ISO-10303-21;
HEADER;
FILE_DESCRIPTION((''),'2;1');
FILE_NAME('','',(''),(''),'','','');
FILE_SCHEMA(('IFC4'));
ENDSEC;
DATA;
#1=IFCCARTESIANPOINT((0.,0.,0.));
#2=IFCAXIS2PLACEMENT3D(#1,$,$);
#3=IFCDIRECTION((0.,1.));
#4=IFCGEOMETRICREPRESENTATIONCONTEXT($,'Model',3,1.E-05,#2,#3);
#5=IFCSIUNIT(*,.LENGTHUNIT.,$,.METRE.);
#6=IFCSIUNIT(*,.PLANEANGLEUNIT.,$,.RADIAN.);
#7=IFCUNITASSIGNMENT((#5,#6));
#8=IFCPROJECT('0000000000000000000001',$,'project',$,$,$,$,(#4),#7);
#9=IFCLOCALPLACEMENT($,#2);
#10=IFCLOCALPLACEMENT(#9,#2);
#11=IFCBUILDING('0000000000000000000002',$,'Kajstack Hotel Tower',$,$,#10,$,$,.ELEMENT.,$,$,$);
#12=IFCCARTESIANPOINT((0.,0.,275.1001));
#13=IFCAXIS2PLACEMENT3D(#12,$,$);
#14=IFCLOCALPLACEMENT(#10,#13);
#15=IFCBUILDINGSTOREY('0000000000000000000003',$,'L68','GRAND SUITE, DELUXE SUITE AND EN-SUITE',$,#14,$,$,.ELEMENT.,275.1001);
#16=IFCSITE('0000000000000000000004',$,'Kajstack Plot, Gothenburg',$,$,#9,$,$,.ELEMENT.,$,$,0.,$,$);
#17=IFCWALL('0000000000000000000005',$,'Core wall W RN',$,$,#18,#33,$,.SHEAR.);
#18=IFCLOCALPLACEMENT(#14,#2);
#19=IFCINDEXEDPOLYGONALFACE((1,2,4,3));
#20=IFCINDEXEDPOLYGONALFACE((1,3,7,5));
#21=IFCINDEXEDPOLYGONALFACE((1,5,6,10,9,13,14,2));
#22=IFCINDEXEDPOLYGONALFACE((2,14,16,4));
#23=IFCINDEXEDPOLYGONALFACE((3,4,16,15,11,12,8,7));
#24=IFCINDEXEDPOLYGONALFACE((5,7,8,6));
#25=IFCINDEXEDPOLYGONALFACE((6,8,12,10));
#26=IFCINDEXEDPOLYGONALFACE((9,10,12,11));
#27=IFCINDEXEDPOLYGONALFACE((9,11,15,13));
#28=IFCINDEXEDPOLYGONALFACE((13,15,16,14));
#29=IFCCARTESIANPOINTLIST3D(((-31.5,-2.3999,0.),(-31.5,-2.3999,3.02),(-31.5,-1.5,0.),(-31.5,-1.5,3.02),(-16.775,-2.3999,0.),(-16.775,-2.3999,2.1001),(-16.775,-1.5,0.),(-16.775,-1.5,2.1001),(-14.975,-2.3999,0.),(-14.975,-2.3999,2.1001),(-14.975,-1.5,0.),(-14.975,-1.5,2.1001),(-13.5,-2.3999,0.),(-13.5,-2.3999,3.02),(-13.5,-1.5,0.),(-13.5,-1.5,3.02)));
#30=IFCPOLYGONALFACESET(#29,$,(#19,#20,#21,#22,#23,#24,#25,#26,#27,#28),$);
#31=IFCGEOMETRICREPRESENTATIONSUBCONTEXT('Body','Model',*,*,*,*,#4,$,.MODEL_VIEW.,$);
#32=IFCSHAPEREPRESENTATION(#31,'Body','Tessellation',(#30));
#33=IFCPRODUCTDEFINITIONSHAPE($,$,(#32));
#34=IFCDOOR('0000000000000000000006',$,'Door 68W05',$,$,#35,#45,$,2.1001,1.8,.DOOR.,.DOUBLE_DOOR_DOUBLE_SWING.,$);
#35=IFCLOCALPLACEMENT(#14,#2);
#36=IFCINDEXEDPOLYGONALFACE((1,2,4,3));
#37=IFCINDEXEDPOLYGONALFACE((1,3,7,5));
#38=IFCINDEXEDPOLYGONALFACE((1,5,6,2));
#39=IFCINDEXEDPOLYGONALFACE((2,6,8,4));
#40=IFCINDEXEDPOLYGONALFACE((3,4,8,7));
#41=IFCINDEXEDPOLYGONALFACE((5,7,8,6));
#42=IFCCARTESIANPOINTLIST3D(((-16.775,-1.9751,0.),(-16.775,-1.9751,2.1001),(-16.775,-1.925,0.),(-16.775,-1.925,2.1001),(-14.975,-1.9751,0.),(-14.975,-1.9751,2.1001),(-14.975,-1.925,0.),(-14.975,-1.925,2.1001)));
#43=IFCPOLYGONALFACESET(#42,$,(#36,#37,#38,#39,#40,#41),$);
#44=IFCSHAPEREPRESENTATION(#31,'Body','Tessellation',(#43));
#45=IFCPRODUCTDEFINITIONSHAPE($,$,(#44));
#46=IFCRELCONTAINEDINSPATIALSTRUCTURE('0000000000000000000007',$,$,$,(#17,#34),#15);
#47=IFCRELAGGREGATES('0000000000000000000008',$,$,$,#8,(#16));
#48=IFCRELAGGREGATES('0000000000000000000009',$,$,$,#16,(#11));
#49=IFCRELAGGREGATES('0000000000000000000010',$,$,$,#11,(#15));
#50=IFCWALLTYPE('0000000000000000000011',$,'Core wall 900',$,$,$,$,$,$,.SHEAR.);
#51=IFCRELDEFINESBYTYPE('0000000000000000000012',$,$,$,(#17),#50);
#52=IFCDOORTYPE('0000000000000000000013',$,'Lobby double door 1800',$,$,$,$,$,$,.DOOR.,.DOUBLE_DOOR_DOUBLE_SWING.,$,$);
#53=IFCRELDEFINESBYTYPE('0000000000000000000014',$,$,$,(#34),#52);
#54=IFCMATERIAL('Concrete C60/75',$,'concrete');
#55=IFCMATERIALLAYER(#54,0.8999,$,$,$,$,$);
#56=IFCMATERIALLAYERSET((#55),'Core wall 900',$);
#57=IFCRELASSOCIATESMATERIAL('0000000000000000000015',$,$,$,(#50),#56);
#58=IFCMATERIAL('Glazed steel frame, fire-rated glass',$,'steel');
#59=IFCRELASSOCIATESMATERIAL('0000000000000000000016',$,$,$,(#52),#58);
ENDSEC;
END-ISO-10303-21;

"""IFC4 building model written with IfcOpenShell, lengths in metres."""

from ifc_helpers import new_model, si_unit, direction, frame, frame_2d, origin, place, context, subcontext, project, spatial, rectangle, extrude, material, layer, layer_set, type_object, element, fill, save


model = new_model("IFC4")

# Units and contexts
model_context = context("Model", 3, precision=1e-05, world=origin(), true_north=direction((0.0, 1.0)))
body_context = subcontext(model_context, "Body", "Model", "MODEL_VIEW")
ifc_project = project(units=[si_unit("LENGTHUNIT", "METRE"), si_unit("PLANEANGLEUNIT", "RADIAN")], contexts=[model_context])

# Site, building, storey
site_placement = place(None, origin())
site = spatial("IfcSite", under=ifc_project, at=site_placement, Name="Kajstack Plot, Gothenburg", CompositionType="ELEMENT", RefElevation=0.0)
building_placement = place(site_placement, origin())
building = spatial("IfcBuilding", under=site, at=building_placement, Name="Kajstack Hotel Tower", CompositionType="ELEMENT")
storey_placement = place(building_placement, frame((0.0, 0.0, 275.1001)))
storey = spatial("IfcBuildingStorey", under=building, at=storey_placement, Name="L68", Description="GRAND SUITE, DELUXE SUITE AND EN-SUITE", CompositionType="ELEMENT", Elevation=275.1001)

# Wall, opening, door
ifc_material_1 = material(Name="Concrete C60/75", Category="concrete")
ifc_layer_1 = layer(ifc_material_1, 0.8999)
ifc_layer_set_1 = layer_set([ifc_layer_1], Name="Core wall 900")
wall_type_1 = type_object("IfcWallType", Name="Core wall 900", PredefinedType="SHEAR", material=ifc_layer_set_1)
wall_1_placement = place(storey_placement, frame((-31.5, -1.95, 0.0), z_axis=(0.0, 0.0, 1.0), x_axis=(1.0, 0.0, 0.0)))
wall_1 = element("IfcWall", 1, at=wall_1_placement, inside=storey, type_object=wall_type_1, Name="Core wall W RN", PredefinedType="SHEAR", context=body_context, shape_type="SweptSolid", body=[
    extrude(rectangle(XDim=18.0, YDim=0.8999, at=frame_2d((9.0, 0.0))), origin(), (0.0, 0.0, 1.0), 3.02),
])
opening_1_placement = place(wall_1_placement, frame((14.7251, 0.0, 0.0)))
opening_1 = element("IfcOpeningElement", 2, at=opening_1_placement, cuts=wall_1, PredefinedType="OPENING", context=body_context, shape_type="SweptSolid", body=[
    extrude(rectangle(XDim=1.8, YDim=2.1001, at=frame_2d((0.8999, 1.05))), frame((0.0, 0.46, 0.0), z_axis=(0.0, -1.0, 0.0), x_axis=(1.0, 0.0, 0.0)), (0.0, 0.0, 1.0), 0.9199),
])
ifc_material_2 = material(Name="Glazed steel frame, fire-rated glass", Category="steel")
door_type_1 = type_object("IfcDoorType", Name="Lobby double door 1800", OperationType="DOUBLE_DOOR_DOUBLE_SWING", PredefinedType="DOOR", material=ifc_material_2)
door_1_placement = place(opening_1_placement, origin())
door_1 = element("IfcDoor", 3, at=door_1_placement, inside=storey, type_object=door_type_1, Name="Door 68W05", OperationType="DOUBLE_DOOR_DOUBLE_SWING", OverallHeight=2.1001, OverallWidth=1.8, PredefinedType="DOOR", context=body_context, shape_type="SweptSolid", body=[
    extrude(rectangle(XDim=1.8, YDim=2.1001, at=frame_2d((0.8999, 1.05))), frame((0.0, 0.0249, 0.0), z_axis=(0.0, -1.0, 0.0), x_axis=(1.0, 0.0, 0.0)), (0.0, 0.0, 1.0), 0.05),
])
fill(opening_1, door_1)

save(model, "model.ifc")
